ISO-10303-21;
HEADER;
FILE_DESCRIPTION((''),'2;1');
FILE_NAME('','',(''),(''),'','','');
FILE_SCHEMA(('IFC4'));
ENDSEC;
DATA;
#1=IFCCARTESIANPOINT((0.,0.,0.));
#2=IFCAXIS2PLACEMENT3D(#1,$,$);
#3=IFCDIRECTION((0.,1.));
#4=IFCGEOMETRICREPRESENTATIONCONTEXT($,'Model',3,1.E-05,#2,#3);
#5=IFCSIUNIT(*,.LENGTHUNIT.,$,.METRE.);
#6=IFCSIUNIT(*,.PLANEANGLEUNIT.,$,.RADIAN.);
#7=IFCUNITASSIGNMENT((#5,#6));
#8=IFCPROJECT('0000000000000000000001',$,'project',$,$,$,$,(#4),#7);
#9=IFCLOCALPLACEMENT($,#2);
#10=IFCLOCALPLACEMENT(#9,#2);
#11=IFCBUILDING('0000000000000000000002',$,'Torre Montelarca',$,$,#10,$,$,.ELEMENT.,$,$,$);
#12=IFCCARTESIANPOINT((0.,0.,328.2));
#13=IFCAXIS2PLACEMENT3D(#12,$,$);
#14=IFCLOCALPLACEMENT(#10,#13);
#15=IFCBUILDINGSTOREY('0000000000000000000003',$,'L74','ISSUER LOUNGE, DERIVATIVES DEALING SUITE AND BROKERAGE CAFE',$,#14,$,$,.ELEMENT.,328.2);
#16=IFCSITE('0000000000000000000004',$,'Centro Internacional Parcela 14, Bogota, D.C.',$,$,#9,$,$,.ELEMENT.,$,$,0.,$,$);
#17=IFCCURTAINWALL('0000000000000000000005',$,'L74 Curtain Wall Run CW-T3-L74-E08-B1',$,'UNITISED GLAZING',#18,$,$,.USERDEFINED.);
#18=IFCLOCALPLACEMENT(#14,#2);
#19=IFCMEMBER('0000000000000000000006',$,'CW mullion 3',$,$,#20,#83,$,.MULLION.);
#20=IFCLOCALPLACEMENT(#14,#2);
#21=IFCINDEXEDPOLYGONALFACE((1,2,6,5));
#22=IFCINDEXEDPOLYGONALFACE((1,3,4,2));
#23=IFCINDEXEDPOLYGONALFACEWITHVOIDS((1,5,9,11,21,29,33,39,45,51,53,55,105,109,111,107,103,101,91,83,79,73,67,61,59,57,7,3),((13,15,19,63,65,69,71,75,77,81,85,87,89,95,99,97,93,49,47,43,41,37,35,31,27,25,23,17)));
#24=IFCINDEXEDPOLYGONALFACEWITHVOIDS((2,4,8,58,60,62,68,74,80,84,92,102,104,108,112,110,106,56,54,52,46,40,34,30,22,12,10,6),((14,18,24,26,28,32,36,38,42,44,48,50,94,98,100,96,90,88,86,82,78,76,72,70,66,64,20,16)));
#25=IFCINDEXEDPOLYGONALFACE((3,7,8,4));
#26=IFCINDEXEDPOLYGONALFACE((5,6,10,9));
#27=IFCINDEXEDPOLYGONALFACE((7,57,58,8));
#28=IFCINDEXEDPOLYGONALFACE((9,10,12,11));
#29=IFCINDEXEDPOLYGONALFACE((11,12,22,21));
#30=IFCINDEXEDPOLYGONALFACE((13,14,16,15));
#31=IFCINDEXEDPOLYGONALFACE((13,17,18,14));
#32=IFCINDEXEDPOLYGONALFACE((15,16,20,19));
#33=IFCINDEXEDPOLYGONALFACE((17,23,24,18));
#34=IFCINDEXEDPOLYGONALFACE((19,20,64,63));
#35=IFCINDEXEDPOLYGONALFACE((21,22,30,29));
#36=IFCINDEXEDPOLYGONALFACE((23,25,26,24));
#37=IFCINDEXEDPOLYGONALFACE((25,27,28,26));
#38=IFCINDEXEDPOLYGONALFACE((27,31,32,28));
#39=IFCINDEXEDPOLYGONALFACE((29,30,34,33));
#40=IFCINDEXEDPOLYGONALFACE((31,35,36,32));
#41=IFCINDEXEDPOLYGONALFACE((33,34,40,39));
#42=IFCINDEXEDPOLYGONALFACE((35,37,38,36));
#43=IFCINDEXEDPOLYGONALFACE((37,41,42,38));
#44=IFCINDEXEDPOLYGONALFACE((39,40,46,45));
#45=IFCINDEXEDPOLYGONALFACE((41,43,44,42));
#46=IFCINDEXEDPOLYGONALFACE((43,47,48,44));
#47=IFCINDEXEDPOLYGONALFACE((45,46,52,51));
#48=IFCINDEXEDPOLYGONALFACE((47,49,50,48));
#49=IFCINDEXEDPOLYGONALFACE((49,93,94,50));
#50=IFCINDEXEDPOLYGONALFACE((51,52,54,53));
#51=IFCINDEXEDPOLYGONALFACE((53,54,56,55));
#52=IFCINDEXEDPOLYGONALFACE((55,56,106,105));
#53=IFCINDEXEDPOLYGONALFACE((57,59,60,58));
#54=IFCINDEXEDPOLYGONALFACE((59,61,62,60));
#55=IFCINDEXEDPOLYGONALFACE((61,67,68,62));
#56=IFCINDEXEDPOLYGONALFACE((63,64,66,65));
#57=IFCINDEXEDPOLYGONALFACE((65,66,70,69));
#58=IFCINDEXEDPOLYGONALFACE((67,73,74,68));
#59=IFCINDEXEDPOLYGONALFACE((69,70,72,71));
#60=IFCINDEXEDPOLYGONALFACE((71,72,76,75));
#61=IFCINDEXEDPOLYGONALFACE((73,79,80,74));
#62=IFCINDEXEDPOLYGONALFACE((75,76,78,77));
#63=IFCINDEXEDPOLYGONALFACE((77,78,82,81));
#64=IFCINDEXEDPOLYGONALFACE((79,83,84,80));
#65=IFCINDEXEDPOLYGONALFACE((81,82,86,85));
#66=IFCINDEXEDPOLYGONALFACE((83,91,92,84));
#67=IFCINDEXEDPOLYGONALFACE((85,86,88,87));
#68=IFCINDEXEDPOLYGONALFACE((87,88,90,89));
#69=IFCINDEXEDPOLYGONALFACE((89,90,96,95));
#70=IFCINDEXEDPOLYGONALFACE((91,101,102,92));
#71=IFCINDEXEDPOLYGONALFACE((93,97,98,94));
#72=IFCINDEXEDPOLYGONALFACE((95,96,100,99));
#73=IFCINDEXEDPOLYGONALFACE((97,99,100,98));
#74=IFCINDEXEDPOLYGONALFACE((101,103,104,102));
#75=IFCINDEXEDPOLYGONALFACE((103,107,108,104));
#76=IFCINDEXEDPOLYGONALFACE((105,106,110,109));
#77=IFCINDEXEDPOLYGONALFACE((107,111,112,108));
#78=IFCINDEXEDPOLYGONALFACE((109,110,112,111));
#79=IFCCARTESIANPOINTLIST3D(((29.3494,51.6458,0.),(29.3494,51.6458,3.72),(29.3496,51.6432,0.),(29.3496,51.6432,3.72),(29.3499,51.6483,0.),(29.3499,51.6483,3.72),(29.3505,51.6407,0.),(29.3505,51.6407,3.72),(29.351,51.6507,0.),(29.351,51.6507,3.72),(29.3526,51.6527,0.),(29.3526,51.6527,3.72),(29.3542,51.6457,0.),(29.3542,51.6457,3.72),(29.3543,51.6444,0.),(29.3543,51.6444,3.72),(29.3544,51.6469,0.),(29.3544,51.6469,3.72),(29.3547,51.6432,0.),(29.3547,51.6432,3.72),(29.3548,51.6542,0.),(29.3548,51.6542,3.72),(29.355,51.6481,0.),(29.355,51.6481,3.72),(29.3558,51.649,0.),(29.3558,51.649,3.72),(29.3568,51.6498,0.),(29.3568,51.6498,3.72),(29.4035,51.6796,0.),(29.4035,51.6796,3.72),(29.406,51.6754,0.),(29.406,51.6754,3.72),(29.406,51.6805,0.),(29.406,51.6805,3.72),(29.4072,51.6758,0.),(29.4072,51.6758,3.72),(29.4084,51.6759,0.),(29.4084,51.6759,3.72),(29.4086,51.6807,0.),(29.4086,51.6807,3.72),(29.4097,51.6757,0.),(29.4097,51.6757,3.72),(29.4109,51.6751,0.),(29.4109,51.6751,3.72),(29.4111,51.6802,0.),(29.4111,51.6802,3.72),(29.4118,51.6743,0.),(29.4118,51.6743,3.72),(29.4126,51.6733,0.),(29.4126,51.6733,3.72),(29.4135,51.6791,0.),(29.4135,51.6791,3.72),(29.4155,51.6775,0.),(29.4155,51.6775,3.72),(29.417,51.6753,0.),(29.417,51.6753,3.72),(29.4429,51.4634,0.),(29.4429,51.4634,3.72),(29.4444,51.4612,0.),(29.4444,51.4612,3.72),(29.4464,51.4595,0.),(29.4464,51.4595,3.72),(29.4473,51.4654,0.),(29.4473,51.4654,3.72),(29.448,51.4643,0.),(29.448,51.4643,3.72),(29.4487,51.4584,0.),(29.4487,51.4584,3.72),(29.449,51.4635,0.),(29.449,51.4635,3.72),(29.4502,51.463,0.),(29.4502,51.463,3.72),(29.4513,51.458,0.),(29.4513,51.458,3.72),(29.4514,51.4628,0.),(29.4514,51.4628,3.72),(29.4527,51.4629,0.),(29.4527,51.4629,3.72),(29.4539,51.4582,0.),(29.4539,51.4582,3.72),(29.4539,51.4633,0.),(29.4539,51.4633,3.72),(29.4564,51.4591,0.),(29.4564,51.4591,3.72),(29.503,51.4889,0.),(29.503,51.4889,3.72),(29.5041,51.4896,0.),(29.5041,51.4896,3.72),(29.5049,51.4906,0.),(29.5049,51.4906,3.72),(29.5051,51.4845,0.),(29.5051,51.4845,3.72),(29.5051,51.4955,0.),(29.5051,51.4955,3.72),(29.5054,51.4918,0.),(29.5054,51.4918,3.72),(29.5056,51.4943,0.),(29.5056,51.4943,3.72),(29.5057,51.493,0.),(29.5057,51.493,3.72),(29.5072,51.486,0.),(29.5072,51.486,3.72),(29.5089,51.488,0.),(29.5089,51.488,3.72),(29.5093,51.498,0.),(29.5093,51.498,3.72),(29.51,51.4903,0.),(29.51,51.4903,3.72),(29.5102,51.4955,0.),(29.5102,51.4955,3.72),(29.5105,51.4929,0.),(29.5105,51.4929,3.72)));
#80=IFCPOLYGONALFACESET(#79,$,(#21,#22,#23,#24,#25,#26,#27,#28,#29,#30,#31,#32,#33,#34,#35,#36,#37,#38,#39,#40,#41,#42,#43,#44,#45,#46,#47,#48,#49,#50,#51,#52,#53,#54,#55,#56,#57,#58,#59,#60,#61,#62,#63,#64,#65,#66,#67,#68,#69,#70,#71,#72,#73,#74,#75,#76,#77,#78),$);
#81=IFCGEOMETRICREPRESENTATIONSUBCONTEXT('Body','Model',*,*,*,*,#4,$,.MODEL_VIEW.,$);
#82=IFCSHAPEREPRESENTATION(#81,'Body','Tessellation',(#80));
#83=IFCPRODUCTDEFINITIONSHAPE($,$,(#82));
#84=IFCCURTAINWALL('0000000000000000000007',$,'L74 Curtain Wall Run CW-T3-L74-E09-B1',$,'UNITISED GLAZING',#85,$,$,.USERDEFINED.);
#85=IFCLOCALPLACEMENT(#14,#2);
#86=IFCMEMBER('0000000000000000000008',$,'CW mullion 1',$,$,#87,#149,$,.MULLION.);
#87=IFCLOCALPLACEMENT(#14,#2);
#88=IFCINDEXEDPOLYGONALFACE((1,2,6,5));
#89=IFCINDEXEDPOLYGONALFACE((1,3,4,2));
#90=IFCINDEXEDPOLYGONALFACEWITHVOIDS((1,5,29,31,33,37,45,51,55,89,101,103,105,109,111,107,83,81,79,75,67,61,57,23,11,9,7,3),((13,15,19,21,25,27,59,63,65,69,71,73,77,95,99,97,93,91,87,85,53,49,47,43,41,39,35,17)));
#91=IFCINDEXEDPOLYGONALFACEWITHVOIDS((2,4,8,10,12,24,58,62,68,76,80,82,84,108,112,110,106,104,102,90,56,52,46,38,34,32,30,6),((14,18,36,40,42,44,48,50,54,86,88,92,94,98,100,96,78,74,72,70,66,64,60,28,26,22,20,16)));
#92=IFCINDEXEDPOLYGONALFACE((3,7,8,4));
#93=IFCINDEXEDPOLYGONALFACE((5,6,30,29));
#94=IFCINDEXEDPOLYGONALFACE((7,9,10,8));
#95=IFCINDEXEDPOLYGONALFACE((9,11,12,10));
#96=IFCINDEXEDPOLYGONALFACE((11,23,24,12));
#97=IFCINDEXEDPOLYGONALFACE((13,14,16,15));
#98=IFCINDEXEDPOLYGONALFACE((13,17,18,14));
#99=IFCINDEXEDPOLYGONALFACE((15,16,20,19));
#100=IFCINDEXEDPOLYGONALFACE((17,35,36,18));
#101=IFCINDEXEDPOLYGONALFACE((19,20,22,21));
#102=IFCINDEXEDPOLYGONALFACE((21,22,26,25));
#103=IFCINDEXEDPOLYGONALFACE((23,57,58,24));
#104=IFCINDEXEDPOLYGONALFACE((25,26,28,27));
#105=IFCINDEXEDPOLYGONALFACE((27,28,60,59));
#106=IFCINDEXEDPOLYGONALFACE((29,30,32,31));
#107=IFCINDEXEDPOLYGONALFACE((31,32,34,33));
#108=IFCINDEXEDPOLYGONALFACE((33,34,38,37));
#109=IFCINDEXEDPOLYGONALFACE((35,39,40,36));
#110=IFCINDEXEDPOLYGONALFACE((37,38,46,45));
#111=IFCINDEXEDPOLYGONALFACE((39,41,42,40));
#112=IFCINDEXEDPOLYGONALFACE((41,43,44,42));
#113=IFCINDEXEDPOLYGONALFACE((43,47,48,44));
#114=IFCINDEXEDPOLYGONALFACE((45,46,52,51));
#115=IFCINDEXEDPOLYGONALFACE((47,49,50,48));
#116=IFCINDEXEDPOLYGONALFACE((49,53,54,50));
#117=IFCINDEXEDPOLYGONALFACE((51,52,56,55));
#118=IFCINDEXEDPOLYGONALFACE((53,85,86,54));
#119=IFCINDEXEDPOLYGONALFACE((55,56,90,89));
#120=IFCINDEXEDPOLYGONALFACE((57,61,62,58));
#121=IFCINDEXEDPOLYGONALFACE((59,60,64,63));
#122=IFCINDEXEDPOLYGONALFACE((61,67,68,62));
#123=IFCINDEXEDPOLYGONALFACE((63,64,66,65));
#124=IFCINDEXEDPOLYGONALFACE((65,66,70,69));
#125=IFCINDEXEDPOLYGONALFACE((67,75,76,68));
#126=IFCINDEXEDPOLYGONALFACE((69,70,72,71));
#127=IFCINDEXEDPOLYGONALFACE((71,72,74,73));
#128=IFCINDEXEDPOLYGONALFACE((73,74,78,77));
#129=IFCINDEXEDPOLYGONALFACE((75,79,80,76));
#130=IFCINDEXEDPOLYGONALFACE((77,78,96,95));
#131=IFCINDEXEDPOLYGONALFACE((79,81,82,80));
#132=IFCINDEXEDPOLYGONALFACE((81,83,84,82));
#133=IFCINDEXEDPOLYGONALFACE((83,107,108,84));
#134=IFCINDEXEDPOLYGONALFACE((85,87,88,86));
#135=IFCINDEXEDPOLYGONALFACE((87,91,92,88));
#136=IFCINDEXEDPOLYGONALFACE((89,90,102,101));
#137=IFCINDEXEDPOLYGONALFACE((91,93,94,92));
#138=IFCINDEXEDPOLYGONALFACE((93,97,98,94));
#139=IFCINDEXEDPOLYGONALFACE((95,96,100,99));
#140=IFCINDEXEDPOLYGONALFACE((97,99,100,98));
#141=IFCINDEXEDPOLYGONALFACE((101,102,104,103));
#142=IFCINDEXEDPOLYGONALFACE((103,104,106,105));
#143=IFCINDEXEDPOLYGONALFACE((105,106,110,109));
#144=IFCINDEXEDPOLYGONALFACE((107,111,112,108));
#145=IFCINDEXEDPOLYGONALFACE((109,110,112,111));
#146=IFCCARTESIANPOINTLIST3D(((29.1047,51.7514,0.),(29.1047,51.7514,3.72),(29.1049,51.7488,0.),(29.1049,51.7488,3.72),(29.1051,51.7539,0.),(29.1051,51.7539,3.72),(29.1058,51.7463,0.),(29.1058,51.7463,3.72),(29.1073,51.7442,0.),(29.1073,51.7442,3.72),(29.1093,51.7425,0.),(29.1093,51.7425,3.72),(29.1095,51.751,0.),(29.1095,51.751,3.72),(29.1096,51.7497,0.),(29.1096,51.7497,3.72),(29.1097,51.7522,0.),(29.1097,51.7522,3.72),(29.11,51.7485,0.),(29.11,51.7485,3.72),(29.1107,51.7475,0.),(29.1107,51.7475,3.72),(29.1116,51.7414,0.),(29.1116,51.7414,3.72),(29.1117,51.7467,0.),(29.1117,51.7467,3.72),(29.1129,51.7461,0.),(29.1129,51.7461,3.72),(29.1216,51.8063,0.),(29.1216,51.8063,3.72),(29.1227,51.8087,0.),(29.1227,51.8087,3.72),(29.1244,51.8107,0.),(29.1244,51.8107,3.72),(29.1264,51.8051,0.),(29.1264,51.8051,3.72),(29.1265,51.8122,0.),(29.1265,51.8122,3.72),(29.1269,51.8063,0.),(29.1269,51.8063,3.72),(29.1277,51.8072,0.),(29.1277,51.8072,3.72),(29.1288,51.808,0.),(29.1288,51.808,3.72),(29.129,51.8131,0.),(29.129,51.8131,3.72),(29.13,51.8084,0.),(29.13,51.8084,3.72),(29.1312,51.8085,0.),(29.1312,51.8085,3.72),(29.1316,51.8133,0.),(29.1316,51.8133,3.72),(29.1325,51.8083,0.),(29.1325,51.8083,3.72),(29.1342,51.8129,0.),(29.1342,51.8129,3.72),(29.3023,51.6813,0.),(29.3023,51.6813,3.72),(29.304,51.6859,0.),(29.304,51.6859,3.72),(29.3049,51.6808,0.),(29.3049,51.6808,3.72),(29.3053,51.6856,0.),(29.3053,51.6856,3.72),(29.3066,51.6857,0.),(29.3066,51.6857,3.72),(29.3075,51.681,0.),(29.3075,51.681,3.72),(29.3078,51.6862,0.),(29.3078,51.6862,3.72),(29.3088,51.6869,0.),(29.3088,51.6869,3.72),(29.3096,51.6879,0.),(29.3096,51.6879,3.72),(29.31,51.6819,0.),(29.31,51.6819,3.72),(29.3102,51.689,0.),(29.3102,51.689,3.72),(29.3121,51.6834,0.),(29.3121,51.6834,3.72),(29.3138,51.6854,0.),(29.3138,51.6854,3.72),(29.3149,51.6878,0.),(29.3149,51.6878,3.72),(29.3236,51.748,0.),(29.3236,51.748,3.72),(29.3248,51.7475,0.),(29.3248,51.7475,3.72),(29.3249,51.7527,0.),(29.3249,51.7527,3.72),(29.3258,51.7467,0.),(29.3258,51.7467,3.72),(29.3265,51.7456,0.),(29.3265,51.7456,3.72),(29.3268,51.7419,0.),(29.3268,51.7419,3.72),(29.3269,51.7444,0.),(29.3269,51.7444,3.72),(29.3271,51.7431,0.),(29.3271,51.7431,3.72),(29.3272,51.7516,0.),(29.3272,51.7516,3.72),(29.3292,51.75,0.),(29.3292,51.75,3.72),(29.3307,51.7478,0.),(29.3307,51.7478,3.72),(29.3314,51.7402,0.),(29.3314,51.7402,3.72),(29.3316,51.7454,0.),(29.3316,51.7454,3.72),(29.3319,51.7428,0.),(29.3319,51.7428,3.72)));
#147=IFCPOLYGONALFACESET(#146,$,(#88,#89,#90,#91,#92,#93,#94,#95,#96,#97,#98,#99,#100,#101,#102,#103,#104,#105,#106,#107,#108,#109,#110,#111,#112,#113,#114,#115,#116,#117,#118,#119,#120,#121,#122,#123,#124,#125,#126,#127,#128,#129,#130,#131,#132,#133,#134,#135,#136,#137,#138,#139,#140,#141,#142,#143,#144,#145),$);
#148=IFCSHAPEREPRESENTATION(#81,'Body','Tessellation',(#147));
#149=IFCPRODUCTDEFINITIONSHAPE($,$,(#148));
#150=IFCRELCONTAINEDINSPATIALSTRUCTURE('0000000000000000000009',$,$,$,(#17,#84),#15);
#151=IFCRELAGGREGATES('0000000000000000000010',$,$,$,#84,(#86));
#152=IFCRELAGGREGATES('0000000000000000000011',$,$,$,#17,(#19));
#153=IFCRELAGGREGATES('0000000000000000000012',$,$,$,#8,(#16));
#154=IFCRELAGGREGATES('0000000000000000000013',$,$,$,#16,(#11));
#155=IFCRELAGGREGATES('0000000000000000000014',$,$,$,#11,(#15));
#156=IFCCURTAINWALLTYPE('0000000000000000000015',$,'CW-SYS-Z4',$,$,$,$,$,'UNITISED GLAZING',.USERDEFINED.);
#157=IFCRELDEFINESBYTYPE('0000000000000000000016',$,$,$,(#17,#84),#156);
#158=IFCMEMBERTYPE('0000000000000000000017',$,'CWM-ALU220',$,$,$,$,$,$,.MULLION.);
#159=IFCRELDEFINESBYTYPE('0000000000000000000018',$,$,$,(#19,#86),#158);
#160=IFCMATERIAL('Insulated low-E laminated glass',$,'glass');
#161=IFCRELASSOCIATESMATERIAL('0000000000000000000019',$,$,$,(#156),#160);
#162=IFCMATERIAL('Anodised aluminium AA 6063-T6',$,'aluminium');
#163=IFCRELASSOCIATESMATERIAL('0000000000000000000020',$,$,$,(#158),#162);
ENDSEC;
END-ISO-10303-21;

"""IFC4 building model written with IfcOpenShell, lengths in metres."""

from ifc_helpers import new_model, si_unit, direction, frame, origin, origin_2d, place, context, subcontext, project, spatial, hollow_rectangle, extrude, source, transform, mapped, material, material_profile, profile_set, type_object, element, aggregate, save


model = new_model("IFC4")

# Units and contexts
model_context = context("Model", 3, precision=1e-05, world=origin(), true_north=direction((0.0, 1.0)))
body_context = subcontext(model_context, "Body", "Model", "MODEL_VIEW")
ifc_project = project(units=[si_unit("LENGTHUNIT", "METRE"), si_unit("PLANEANGLEUNIT", "RADIAN")], contexts=[model_context])

# Site, building, storey
site_placement = place(None, origin())
site = spatial("IfcSite", under=ifc_project, at=site_placement, Name="Centro Internacional Parcela 14, Bogota, D.C.", CompositionType="ELEMENT", RefElevation=0.0)
building_placement = place(site_placement, origin())
building = spatial("IfcBuilding", under=site, at=building_placement, Name="Torre Montelarca", CompositionType="ELEMENT")
storey_placement = place(building_placement, frame((0.0, 0.0, 328.2)))
storey = spatial("IfcBuildingStorey", under=building, at=storey_placement, Name="L74", Description="ISSUER LOUNGE, DERIVATIVES DEALING SUITE AND BROKERAGE CAFE", CompositionType="ELEMENT", Elevation=328.2)

# Curtain walls, members
ifc_material_1 = material(Name="Insulated low-E laminated glass", Category="glass")
curtain_wall_type = type_object("IfcCurtainWallType", Name="CW-SYS-Z4", ElementType="UNITISED GLAZING", PredefinedType="USERDEFINED", material=ifc_material_1)
curtain_wall_1_placement = place(storey_placement, origin())
curtain_wall_1 = element("IfcCurtainWall", 1, at=curtain_wall_1_placement, inside=storey, type_object=curtain_wall_type, Name="L74 Curtain Wall Run CW-T3-L74-E08-B1", ObjectType="UNITISED GLAZING", PredefinedType="USERDEFINED")
ifc_material_2 = material(Name="Anodised aluminium AA 6063-T6", Category="aluminium")
ifc_material_profile_1 = material_profile(ifc_material_2, hollow_rectangle(XDim=0.075, YDim=0.22, WallThickness=0.0049, InnerFilletRadius=0.0049, OuterFilletRadius=0.01, at=origin_2d()), Name="ALU75X220X5", Category="aluminium")
ifc_profile_set_1 = profile_set([ifc_material_profile_1], Name="Anodised aluminium AA 6063-T6")
member_type_1 = type_object("IfcMemberType", Name="CWM-ALU220", PredefinedType="MULLION", material=ifc_profile_set_1)
shared_shape_1 = source(origin(), body_context, "Body", "SweptSolid", [
    extrude(hollow_rectangle(XDim=0.075, YDim=0.22, WallThickness=0.0049, InnerFilletRadius=0.0049, OuterFilletRadius=0.01, at=origin_2d()), origin(), (0.0, 0.0, 1.0), 3.72),
])
member_1_placement = place(storey_placement, frame((29.4299, 51.5693, 0.0), z_axis=(0.0, 0.0, 1.0), x_axis=(-0.887013, -0.461745, 0.0)))
member_1 = element("IfcMember", 2, at=member_1_placement, type_object=member_type_1, Name="CW mullion 3", PredefinedType="MULLION", context=body_context, shape_type="MappedRepresentation", body=[
    mapped(shared_shape_1, transform((0.0, 0.0, 0.0), scale=1.0)),
])
curtain_wall_2_placement = place(storey_placement, origin())
curtain_wall_2 = element("IfcCurtainWall", 3, at=curtain_wall_2_placement, inside=storey, type_object=curtain_wall_type, Name="L74 Curtain Wall Run CW-T3-L74-E09-B1", ObjectType="UNITISED GLAZING", PredefinedType="USERDEFINED")
member_2_placement = place(storey_placement, frame((29.2183, 51.7471, 0.0), z_axis=(0.0, 0.0, 1.0), x_axis=(-0.300693, -0.953721, 0.0)))
member_2 = element("IfcMember", 4, at=member_2_placement, type_object=member_type_1, Name="CW mullion 1", PredefinedType="MULLION", context=body_context, shape_type="MappedRepresentation", body=[
    mapped(shared_shape_1, transform((0.0, 0.0, 0.0), scale=1.0)),
])

aggregate(curtain_wall_2, [member_2])
aggregate(curtain_wall_1, [member_1])

save(model, "model.ifc")
